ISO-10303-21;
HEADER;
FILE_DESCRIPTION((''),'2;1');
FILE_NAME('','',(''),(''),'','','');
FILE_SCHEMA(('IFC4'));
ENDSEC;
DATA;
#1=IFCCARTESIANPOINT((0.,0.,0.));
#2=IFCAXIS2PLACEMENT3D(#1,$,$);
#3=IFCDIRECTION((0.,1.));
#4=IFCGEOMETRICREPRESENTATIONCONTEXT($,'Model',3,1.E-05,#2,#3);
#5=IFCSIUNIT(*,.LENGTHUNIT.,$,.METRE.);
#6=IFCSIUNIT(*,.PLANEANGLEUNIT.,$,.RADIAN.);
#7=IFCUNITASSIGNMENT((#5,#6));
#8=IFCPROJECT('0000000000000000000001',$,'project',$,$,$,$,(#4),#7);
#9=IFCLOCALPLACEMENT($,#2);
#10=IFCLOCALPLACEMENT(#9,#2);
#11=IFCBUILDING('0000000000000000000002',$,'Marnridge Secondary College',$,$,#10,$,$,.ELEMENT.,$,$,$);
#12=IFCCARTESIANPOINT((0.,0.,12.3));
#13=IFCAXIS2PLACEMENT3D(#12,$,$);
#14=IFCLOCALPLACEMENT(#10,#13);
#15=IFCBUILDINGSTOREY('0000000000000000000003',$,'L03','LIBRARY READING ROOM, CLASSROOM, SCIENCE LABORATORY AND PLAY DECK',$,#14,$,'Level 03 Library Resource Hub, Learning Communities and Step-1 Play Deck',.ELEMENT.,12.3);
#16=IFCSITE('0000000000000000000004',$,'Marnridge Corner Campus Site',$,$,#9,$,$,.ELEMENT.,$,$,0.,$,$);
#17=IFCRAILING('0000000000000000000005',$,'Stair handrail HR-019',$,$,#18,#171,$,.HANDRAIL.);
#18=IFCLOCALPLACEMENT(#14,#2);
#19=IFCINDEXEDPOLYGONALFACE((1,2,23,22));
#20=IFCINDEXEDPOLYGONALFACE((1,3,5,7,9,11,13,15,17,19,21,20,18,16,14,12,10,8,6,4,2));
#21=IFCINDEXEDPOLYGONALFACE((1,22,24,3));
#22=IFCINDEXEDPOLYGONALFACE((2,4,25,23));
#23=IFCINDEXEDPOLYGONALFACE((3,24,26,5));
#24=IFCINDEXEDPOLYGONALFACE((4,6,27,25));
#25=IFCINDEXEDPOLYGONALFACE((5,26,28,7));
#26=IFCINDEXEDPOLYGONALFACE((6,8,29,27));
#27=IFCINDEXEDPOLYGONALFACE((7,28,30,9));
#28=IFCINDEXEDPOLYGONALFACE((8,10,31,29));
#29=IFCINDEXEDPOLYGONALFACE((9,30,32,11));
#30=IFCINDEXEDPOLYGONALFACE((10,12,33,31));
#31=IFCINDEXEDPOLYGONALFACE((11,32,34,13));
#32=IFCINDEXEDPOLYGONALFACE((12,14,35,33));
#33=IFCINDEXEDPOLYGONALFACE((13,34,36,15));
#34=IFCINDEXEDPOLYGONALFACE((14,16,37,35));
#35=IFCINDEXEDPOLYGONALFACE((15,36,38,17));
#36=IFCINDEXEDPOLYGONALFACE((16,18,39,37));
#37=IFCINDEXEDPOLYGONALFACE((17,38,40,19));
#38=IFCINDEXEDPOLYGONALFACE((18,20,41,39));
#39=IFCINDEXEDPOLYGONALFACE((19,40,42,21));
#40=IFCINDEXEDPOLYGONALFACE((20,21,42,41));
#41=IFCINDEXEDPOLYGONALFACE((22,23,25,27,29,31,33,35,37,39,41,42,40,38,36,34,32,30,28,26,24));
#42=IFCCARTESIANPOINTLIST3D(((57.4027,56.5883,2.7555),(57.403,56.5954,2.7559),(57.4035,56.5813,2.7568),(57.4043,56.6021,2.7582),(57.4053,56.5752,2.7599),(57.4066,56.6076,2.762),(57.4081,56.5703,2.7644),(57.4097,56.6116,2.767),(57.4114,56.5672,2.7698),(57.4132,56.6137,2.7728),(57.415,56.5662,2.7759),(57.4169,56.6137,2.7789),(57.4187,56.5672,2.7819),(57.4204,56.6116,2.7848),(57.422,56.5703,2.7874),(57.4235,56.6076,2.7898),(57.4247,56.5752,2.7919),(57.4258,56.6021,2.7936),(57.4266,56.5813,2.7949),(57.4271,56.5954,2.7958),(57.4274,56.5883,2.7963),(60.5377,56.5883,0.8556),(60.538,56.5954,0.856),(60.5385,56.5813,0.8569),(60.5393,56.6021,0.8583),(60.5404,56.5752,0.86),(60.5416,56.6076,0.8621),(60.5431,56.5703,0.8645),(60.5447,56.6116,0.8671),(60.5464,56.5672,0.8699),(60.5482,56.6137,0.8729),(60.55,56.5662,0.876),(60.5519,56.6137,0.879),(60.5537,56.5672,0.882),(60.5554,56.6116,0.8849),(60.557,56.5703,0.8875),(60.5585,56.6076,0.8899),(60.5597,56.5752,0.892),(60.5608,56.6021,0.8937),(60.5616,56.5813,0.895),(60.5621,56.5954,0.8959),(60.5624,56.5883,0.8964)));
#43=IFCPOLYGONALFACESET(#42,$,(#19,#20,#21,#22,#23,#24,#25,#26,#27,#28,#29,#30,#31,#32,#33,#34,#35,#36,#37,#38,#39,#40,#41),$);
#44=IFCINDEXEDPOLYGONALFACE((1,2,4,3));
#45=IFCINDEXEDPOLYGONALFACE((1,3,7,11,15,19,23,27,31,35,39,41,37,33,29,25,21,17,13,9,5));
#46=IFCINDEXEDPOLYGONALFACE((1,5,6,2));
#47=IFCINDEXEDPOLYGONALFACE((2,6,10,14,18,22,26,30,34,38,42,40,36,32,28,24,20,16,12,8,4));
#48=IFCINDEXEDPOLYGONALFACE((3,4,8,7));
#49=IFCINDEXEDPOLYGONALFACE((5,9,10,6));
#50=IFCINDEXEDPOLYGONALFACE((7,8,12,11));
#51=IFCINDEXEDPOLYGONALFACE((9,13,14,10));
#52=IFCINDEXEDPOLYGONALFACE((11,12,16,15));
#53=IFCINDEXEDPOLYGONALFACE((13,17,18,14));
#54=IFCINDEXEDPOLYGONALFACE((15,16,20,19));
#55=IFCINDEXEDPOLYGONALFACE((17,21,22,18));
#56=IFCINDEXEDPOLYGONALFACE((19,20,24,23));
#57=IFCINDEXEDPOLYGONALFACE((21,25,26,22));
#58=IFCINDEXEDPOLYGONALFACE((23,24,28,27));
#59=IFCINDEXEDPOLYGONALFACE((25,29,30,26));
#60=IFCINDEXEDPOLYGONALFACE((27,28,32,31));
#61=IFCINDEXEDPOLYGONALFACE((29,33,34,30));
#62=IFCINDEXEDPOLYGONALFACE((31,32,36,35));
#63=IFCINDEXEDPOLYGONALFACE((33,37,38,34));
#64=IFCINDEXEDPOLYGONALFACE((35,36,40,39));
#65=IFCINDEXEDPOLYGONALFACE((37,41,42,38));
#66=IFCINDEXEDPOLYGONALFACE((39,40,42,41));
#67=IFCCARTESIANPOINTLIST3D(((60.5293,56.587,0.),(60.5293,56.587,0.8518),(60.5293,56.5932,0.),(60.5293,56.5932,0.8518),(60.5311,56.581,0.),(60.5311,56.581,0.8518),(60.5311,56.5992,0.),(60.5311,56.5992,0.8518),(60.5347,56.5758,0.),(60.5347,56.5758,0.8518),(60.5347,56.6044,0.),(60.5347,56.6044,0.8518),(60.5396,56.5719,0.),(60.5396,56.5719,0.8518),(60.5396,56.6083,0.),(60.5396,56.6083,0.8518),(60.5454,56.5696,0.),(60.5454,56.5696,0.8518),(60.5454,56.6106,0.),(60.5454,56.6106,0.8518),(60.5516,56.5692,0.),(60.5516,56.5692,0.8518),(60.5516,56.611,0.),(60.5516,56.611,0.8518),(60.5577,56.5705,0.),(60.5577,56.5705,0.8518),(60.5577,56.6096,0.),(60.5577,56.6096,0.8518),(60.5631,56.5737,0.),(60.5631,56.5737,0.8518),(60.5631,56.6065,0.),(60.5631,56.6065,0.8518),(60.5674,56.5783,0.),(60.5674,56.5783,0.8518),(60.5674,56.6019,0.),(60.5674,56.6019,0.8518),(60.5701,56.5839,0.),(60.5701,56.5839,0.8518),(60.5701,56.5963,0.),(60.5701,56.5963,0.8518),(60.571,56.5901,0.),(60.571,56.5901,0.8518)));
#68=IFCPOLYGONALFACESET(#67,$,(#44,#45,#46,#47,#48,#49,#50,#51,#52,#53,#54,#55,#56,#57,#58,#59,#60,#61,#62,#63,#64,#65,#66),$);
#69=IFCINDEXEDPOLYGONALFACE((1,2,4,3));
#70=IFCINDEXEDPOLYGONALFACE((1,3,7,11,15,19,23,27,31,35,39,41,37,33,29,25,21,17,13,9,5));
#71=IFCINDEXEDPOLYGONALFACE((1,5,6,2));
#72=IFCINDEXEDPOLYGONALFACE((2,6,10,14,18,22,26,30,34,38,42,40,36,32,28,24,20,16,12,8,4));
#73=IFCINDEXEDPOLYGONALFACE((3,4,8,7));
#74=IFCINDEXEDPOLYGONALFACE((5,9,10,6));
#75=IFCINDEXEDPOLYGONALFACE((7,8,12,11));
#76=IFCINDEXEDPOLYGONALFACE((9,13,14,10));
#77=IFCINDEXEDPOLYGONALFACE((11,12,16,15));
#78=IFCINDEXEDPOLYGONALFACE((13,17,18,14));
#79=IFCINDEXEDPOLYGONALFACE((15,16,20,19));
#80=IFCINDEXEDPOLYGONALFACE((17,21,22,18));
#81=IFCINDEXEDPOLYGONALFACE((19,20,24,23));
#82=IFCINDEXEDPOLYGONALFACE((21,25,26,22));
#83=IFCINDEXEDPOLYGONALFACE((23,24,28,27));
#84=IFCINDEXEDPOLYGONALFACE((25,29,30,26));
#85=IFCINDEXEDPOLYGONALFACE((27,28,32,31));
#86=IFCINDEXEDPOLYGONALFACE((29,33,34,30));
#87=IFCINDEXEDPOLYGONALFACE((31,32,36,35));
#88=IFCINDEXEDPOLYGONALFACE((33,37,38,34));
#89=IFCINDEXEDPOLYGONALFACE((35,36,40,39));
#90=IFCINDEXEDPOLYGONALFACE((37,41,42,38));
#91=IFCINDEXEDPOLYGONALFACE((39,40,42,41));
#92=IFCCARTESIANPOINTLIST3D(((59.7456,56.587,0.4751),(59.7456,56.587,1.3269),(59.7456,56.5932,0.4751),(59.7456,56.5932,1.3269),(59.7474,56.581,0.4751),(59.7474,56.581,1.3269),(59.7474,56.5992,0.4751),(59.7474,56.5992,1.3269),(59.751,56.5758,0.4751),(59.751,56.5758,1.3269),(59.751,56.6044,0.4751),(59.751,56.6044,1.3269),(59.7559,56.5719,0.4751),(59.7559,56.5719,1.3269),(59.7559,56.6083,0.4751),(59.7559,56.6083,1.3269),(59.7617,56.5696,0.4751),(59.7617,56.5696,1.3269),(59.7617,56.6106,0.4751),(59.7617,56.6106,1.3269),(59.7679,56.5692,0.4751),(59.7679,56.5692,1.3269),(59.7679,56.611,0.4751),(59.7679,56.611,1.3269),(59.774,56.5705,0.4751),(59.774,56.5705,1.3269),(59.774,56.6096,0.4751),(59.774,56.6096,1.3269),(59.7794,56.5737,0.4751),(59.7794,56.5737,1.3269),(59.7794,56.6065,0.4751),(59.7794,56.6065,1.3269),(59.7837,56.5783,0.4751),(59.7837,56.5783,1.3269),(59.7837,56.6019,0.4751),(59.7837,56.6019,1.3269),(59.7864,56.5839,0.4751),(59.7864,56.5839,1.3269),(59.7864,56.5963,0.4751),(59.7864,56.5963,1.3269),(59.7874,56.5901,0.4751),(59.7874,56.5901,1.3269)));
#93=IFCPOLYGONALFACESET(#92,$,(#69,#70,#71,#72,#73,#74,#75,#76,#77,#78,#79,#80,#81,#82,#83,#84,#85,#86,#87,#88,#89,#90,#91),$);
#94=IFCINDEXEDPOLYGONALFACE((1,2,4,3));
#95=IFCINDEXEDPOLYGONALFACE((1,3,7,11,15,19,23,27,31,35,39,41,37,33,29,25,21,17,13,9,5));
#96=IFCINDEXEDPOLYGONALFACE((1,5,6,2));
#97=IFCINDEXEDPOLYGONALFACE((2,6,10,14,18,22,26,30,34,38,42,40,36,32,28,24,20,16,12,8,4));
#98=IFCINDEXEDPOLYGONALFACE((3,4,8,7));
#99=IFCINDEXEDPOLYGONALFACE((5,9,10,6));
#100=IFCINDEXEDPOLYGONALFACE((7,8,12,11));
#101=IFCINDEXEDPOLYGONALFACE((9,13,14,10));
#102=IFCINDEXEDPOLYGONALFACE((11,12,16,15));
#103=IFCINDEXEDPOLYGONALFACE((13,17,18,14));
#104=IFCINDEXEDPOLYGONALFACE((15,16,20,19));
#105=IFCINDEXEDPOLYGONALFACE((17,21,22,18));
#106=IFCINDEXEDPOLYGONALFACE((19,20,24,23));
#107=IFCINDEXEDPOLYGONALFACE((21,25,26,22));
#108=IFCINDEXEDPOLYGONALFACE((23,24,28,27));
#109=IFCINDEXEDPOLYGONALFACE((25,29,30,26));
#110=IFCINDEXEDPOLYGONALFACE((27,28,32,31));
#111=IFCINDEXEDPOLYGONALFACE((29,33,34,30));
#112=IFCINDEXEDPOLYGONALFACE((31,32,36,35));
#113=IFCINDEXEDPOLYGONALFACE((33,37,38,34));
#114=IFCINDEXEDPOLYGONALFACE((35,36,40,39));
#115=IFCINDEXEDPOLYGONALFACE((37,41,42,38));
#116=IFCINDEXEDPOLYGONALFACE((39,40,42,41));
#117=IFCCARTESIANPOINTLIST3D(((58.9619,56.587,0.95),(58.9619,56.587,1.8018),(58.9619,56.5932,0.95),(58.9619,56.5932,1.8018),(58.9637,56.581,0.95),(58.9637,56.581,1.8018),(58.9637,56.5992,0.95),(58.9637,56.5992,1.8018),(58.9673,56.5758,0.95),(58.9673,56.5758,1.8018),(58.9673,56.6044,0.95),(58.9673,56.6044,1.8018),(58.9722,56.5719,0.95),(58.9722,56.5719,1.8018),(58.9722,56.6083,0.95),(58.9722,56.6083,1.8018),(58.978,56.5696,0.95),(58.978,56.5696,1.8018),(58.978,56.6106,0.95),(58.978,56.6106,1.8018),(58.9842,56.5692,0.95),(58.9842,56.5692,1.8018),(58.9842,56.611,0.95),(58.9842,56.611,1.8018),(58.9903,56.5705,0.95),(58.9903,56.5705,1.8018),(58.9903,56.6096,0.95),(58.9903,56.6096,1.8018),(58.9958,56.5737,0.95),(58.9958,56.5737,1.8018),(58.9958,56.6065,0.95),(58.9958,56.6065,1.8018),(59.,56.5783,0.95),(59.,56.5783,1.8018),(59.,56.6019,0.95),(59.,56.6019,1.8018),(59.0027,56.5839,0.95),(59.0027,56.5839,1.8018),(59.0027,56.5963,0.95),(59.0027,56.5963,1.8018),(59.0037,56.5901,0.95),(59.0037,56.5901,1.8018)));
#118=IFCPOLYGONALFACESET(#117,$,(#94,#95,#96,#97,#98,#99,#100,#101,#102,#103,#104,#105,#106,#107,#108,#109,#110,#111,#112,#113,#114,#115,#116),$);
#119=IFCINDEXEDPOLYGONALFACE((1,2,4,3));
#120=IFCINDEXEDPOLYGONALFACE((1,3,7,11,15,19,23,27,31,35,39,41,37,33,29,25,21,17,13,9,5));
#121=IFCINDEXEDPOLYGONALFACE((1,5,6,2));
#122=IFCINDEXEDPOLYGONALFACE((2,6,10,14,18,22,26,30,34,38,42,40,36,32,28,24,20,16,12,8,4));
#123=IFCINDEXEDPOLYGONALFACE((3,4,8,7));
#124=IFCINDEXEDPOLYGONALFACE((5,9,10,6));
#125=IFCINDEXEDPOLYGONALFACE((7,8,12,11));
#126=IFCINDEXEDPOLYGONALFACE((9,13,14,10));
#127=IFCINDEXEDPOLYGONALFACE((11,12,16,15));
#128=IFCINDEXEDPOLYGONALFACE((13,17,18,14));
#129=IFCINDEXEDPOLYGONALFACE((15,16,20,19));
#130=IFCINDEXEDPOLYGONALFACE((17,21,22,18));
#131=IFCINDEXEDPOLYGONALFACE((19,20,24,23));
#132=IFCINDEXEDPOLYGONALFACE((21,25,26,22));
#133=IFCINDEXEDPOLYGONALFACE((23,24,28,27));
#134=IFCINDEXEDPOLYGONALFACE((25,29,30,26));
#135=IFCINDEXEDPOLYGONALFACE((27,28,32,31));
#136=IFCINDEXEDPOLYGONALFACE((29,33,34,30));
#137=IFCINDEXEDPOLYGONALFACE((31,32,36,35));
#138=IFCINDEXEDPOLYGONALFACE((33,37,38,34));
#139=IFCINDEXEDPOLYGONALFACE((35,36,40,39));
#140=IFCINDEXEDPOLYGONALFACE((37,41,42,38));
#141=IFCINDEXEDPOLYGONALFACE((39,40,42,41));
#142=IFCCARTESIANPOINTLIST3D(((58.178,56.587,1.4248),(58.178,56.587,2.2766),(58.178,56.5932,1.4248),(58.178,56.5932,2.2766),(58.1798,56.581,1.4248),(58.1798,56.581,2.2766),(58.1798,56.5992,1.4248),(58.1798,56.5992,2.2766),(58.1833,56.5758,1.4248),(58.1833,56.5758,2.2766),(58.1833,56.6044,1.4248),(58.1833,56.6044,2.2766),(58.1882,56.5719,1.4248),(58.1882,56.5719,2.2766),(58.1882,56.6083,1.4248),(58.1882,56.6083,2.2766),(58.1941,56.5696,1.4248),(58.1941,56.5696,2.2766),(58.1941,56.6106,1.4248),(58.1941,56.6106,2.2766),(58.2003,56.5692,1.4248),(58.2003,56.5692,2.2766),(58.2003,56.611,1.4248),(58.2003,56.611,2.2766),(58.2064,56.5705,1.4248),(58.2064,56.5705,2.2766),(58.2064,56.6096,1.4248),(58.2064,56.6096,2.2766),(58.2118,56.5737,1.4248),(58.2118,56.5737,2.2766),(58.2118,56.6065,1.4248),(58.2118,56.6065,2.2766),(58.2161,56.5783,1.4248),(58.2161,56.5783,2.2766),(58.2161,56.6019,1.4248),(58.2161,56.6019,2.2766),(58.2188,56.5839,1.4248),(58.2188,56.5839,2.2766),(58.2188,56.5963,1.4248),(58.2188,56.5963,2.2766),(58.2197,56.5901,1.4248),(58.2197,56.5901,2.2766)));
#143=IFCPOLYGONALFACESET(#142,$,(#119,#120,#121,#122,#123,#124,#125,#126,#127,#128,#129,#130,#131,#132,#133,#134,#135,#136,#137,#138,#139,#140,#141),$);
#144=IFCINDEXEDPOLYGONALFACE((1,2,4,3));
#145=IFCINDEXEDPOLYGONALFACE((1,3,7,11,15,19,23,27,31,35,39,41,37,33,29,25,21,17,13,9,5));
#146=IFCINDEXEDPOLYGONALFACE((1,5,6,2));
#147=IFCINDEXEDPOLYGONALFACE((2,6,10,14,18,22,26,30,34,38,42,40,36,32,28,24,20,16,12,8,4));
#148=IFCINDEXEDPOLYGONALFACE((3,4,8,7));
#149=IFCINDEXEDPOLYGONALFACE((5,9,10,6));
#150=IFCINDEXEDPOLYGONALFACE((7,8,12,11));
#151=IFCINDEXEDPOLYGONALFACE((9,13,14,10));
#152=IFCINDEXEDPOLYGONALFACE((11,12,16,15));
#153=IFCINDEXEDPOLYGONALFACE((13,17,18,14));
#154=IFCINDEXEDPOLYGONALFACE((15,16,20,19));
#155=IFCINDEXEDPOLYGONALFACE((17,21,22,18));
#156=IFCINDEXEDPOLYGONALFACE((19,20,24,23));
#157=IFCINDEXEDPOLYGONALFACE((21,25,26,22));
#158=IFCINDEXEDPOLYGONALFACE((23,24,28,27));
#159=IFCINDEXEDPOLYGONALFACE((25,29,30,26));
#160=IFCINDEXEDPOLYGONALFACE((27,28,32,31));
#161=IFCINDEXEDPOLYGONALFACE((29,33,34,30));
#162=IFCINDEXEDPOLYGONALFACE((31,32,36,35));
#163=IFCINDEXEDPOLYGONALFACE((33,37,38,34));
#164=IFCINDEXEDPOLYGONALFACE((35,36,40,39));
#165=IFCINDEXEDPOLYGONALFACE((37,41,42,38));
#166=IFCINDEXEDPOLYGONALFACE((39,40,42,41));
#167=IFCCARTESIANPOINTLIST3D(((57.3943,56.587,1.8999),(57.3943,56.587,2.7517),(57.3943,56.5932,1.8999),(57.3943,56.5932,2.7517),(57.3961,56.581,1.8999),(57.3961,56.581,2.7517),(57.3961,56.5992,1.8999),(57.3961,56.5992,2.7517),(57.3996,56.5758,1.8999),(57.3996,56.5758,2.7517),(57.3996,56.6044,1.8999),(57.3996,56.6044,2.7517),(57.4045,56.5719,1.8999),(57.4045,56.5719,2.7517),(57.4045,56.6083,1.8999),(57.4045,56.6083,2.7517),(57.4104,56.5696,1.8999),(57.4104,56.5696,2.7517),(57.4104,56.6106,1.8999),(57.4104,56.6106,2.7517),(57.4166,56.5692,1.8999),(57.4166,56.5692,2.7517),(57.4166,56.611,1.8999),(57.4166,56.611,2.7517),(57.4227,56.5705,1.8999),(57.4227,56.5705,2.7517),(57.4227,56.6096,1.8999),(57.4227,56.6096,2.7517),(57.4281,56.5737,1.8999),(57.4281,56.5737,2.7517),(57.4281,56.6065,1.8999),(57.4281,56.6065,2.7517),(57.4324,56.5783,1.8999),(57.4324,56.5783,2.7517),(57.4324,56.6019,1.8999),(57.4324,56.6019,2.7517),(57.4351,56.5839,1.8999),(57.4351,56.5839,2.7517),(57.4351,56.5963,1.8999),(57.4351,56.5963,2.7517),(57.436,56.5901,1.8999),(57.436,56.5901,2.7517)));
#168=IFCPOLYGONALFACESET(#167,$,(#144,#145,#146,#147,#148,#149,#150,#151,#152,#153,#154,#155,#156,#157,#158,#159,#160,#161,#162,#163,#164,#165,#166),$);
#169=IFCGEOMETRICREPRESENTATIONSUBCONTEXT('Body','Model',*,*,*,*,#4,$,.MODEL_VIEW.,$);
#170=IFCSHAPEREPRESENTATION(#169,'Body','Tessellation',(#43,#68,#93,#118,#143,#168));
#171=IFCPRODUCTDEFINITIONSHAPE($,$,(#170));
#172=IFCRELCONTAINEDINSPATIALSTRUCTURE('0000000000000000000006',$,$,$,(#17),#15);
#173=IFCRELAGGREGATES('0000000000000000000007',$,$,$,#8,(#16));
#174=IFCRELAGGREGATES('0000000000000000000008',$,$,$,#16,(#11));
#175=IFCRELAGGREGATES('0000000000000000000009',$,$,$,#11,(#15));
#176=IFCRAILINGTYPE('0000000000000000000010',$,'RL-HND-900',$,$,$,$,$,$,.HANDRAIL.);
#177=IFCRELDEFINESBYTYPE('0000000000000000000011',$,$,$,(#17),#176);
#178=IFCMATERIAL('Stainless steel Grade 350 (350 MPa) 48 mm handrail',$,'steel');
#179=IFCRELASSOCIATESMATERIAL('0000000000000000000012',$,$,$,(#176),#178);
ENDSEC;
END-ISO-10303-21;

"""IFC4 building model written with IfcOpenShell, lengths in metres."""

from ifc_helpers import new_model, si_unit, direction, frame, origin, origin_2d, place, context, subcontext, project, spatial, circle, extrude, material, type_object, element, save


model = new_model("IFC4")

# Units and contexts
model_context = context("Model", 3, precision=1e-05, world=origin(), true_north=direction((0.0, 1.0)))
body_context = subcontext(model_context, "Body", "Model", "MODEL_VIEW")
ifc_project = project(units=[si_unit("LENGTHUNIT", "METRE"), si_unit("PLANEANGLEUNIT", "RADIAN")], contexts=[model_context])

# Site, building, storey
site_placement = place(None, origin())
site = spatial("IfcSite", under=ifc_project, at=site_placement, Name="Marnridge Corner Campus Site", CompositionType="ELEMENT", RefElevation=0.0)
building_placement = place(site_placement, origin())
building = spatial("IfcBuilding", under=site, at=building_placement, Name="Marnridge Secondary College", CompositionType="ELEMENT")
storey_placement = place(building_placement, frame((0.0, 0.0, 12.3)))
storey = spatial("IfcBuildingStorey", under=building, at=storey_placement, Name="L03", Description="LIBRARY READING ROOM, CLASSROOM, SCIENCE LABORATORY AND PLAY DECK", LongName="Level 03 Library Resource Hub, Learning Communities and Step-1 Play Deck", CompositionType="ELEMENT", Elevation=12.3)

# Railing
ifc_material_1 = material(Name="Stainless steel Grade 350 (350 MPa) 48 mm handrail", Category="steel")
railing_type_1 = type_object("IfcRailingType", Name="RL-HND-900", PredefinedType="HANDRAIL", material=ifc_material_1)
for number, where, name in (
    (1, (60.55, 56.5901, 0.0), "Stair handrail HR-019"),
):
    element("IfcRailing", number, at=place(storey_placement, frame(where)), inside=storey, type_object=railing_type_1, Name=name, PredefinedType="HANDRAIL", context=body_context, shape_type="SweptSolid", body=[
        extrude(circle(Radius=0.0239, at=origin_2d()), frame((0.0, 0.0, 0.876), z_axis=(-0.85521, 0.0, 0.518281), x_axis=(0.0, -1.0, 0.0)), (0.0, 0.0, 1.0), 3.6658),
        extrude(circle(Radius=0.021, at=origin_2d()), origin(), (0.0, 0.0, 1.0), 0.8518),
        extrude(circle(Radius=0.021, at=origin_2d()), frame((-0.7837, 0.0, 0.4751)), (0.0, 0.0, 1.0), 0.8518),
        extrude(circle(Radius=0.021, at=origin_2d()), frame((-1.5674, 0.0, 0.95)), (0.0, 0.0, 1.0), 0.8518),
        extrude(circle(Radius=0.021, at=origin_2d()), frame((-2.3513, 0.0, 1.4248)), (0.0, 0.0, 1.0), 0.8518),
        extrude(circle(Radius=0.021, at=origin_2d()), frame((-3.135, 0.0, 1.8999)), (0.0, 0.0, 1.0), 0.8518),
    ])

save(model, "model.ifc")
